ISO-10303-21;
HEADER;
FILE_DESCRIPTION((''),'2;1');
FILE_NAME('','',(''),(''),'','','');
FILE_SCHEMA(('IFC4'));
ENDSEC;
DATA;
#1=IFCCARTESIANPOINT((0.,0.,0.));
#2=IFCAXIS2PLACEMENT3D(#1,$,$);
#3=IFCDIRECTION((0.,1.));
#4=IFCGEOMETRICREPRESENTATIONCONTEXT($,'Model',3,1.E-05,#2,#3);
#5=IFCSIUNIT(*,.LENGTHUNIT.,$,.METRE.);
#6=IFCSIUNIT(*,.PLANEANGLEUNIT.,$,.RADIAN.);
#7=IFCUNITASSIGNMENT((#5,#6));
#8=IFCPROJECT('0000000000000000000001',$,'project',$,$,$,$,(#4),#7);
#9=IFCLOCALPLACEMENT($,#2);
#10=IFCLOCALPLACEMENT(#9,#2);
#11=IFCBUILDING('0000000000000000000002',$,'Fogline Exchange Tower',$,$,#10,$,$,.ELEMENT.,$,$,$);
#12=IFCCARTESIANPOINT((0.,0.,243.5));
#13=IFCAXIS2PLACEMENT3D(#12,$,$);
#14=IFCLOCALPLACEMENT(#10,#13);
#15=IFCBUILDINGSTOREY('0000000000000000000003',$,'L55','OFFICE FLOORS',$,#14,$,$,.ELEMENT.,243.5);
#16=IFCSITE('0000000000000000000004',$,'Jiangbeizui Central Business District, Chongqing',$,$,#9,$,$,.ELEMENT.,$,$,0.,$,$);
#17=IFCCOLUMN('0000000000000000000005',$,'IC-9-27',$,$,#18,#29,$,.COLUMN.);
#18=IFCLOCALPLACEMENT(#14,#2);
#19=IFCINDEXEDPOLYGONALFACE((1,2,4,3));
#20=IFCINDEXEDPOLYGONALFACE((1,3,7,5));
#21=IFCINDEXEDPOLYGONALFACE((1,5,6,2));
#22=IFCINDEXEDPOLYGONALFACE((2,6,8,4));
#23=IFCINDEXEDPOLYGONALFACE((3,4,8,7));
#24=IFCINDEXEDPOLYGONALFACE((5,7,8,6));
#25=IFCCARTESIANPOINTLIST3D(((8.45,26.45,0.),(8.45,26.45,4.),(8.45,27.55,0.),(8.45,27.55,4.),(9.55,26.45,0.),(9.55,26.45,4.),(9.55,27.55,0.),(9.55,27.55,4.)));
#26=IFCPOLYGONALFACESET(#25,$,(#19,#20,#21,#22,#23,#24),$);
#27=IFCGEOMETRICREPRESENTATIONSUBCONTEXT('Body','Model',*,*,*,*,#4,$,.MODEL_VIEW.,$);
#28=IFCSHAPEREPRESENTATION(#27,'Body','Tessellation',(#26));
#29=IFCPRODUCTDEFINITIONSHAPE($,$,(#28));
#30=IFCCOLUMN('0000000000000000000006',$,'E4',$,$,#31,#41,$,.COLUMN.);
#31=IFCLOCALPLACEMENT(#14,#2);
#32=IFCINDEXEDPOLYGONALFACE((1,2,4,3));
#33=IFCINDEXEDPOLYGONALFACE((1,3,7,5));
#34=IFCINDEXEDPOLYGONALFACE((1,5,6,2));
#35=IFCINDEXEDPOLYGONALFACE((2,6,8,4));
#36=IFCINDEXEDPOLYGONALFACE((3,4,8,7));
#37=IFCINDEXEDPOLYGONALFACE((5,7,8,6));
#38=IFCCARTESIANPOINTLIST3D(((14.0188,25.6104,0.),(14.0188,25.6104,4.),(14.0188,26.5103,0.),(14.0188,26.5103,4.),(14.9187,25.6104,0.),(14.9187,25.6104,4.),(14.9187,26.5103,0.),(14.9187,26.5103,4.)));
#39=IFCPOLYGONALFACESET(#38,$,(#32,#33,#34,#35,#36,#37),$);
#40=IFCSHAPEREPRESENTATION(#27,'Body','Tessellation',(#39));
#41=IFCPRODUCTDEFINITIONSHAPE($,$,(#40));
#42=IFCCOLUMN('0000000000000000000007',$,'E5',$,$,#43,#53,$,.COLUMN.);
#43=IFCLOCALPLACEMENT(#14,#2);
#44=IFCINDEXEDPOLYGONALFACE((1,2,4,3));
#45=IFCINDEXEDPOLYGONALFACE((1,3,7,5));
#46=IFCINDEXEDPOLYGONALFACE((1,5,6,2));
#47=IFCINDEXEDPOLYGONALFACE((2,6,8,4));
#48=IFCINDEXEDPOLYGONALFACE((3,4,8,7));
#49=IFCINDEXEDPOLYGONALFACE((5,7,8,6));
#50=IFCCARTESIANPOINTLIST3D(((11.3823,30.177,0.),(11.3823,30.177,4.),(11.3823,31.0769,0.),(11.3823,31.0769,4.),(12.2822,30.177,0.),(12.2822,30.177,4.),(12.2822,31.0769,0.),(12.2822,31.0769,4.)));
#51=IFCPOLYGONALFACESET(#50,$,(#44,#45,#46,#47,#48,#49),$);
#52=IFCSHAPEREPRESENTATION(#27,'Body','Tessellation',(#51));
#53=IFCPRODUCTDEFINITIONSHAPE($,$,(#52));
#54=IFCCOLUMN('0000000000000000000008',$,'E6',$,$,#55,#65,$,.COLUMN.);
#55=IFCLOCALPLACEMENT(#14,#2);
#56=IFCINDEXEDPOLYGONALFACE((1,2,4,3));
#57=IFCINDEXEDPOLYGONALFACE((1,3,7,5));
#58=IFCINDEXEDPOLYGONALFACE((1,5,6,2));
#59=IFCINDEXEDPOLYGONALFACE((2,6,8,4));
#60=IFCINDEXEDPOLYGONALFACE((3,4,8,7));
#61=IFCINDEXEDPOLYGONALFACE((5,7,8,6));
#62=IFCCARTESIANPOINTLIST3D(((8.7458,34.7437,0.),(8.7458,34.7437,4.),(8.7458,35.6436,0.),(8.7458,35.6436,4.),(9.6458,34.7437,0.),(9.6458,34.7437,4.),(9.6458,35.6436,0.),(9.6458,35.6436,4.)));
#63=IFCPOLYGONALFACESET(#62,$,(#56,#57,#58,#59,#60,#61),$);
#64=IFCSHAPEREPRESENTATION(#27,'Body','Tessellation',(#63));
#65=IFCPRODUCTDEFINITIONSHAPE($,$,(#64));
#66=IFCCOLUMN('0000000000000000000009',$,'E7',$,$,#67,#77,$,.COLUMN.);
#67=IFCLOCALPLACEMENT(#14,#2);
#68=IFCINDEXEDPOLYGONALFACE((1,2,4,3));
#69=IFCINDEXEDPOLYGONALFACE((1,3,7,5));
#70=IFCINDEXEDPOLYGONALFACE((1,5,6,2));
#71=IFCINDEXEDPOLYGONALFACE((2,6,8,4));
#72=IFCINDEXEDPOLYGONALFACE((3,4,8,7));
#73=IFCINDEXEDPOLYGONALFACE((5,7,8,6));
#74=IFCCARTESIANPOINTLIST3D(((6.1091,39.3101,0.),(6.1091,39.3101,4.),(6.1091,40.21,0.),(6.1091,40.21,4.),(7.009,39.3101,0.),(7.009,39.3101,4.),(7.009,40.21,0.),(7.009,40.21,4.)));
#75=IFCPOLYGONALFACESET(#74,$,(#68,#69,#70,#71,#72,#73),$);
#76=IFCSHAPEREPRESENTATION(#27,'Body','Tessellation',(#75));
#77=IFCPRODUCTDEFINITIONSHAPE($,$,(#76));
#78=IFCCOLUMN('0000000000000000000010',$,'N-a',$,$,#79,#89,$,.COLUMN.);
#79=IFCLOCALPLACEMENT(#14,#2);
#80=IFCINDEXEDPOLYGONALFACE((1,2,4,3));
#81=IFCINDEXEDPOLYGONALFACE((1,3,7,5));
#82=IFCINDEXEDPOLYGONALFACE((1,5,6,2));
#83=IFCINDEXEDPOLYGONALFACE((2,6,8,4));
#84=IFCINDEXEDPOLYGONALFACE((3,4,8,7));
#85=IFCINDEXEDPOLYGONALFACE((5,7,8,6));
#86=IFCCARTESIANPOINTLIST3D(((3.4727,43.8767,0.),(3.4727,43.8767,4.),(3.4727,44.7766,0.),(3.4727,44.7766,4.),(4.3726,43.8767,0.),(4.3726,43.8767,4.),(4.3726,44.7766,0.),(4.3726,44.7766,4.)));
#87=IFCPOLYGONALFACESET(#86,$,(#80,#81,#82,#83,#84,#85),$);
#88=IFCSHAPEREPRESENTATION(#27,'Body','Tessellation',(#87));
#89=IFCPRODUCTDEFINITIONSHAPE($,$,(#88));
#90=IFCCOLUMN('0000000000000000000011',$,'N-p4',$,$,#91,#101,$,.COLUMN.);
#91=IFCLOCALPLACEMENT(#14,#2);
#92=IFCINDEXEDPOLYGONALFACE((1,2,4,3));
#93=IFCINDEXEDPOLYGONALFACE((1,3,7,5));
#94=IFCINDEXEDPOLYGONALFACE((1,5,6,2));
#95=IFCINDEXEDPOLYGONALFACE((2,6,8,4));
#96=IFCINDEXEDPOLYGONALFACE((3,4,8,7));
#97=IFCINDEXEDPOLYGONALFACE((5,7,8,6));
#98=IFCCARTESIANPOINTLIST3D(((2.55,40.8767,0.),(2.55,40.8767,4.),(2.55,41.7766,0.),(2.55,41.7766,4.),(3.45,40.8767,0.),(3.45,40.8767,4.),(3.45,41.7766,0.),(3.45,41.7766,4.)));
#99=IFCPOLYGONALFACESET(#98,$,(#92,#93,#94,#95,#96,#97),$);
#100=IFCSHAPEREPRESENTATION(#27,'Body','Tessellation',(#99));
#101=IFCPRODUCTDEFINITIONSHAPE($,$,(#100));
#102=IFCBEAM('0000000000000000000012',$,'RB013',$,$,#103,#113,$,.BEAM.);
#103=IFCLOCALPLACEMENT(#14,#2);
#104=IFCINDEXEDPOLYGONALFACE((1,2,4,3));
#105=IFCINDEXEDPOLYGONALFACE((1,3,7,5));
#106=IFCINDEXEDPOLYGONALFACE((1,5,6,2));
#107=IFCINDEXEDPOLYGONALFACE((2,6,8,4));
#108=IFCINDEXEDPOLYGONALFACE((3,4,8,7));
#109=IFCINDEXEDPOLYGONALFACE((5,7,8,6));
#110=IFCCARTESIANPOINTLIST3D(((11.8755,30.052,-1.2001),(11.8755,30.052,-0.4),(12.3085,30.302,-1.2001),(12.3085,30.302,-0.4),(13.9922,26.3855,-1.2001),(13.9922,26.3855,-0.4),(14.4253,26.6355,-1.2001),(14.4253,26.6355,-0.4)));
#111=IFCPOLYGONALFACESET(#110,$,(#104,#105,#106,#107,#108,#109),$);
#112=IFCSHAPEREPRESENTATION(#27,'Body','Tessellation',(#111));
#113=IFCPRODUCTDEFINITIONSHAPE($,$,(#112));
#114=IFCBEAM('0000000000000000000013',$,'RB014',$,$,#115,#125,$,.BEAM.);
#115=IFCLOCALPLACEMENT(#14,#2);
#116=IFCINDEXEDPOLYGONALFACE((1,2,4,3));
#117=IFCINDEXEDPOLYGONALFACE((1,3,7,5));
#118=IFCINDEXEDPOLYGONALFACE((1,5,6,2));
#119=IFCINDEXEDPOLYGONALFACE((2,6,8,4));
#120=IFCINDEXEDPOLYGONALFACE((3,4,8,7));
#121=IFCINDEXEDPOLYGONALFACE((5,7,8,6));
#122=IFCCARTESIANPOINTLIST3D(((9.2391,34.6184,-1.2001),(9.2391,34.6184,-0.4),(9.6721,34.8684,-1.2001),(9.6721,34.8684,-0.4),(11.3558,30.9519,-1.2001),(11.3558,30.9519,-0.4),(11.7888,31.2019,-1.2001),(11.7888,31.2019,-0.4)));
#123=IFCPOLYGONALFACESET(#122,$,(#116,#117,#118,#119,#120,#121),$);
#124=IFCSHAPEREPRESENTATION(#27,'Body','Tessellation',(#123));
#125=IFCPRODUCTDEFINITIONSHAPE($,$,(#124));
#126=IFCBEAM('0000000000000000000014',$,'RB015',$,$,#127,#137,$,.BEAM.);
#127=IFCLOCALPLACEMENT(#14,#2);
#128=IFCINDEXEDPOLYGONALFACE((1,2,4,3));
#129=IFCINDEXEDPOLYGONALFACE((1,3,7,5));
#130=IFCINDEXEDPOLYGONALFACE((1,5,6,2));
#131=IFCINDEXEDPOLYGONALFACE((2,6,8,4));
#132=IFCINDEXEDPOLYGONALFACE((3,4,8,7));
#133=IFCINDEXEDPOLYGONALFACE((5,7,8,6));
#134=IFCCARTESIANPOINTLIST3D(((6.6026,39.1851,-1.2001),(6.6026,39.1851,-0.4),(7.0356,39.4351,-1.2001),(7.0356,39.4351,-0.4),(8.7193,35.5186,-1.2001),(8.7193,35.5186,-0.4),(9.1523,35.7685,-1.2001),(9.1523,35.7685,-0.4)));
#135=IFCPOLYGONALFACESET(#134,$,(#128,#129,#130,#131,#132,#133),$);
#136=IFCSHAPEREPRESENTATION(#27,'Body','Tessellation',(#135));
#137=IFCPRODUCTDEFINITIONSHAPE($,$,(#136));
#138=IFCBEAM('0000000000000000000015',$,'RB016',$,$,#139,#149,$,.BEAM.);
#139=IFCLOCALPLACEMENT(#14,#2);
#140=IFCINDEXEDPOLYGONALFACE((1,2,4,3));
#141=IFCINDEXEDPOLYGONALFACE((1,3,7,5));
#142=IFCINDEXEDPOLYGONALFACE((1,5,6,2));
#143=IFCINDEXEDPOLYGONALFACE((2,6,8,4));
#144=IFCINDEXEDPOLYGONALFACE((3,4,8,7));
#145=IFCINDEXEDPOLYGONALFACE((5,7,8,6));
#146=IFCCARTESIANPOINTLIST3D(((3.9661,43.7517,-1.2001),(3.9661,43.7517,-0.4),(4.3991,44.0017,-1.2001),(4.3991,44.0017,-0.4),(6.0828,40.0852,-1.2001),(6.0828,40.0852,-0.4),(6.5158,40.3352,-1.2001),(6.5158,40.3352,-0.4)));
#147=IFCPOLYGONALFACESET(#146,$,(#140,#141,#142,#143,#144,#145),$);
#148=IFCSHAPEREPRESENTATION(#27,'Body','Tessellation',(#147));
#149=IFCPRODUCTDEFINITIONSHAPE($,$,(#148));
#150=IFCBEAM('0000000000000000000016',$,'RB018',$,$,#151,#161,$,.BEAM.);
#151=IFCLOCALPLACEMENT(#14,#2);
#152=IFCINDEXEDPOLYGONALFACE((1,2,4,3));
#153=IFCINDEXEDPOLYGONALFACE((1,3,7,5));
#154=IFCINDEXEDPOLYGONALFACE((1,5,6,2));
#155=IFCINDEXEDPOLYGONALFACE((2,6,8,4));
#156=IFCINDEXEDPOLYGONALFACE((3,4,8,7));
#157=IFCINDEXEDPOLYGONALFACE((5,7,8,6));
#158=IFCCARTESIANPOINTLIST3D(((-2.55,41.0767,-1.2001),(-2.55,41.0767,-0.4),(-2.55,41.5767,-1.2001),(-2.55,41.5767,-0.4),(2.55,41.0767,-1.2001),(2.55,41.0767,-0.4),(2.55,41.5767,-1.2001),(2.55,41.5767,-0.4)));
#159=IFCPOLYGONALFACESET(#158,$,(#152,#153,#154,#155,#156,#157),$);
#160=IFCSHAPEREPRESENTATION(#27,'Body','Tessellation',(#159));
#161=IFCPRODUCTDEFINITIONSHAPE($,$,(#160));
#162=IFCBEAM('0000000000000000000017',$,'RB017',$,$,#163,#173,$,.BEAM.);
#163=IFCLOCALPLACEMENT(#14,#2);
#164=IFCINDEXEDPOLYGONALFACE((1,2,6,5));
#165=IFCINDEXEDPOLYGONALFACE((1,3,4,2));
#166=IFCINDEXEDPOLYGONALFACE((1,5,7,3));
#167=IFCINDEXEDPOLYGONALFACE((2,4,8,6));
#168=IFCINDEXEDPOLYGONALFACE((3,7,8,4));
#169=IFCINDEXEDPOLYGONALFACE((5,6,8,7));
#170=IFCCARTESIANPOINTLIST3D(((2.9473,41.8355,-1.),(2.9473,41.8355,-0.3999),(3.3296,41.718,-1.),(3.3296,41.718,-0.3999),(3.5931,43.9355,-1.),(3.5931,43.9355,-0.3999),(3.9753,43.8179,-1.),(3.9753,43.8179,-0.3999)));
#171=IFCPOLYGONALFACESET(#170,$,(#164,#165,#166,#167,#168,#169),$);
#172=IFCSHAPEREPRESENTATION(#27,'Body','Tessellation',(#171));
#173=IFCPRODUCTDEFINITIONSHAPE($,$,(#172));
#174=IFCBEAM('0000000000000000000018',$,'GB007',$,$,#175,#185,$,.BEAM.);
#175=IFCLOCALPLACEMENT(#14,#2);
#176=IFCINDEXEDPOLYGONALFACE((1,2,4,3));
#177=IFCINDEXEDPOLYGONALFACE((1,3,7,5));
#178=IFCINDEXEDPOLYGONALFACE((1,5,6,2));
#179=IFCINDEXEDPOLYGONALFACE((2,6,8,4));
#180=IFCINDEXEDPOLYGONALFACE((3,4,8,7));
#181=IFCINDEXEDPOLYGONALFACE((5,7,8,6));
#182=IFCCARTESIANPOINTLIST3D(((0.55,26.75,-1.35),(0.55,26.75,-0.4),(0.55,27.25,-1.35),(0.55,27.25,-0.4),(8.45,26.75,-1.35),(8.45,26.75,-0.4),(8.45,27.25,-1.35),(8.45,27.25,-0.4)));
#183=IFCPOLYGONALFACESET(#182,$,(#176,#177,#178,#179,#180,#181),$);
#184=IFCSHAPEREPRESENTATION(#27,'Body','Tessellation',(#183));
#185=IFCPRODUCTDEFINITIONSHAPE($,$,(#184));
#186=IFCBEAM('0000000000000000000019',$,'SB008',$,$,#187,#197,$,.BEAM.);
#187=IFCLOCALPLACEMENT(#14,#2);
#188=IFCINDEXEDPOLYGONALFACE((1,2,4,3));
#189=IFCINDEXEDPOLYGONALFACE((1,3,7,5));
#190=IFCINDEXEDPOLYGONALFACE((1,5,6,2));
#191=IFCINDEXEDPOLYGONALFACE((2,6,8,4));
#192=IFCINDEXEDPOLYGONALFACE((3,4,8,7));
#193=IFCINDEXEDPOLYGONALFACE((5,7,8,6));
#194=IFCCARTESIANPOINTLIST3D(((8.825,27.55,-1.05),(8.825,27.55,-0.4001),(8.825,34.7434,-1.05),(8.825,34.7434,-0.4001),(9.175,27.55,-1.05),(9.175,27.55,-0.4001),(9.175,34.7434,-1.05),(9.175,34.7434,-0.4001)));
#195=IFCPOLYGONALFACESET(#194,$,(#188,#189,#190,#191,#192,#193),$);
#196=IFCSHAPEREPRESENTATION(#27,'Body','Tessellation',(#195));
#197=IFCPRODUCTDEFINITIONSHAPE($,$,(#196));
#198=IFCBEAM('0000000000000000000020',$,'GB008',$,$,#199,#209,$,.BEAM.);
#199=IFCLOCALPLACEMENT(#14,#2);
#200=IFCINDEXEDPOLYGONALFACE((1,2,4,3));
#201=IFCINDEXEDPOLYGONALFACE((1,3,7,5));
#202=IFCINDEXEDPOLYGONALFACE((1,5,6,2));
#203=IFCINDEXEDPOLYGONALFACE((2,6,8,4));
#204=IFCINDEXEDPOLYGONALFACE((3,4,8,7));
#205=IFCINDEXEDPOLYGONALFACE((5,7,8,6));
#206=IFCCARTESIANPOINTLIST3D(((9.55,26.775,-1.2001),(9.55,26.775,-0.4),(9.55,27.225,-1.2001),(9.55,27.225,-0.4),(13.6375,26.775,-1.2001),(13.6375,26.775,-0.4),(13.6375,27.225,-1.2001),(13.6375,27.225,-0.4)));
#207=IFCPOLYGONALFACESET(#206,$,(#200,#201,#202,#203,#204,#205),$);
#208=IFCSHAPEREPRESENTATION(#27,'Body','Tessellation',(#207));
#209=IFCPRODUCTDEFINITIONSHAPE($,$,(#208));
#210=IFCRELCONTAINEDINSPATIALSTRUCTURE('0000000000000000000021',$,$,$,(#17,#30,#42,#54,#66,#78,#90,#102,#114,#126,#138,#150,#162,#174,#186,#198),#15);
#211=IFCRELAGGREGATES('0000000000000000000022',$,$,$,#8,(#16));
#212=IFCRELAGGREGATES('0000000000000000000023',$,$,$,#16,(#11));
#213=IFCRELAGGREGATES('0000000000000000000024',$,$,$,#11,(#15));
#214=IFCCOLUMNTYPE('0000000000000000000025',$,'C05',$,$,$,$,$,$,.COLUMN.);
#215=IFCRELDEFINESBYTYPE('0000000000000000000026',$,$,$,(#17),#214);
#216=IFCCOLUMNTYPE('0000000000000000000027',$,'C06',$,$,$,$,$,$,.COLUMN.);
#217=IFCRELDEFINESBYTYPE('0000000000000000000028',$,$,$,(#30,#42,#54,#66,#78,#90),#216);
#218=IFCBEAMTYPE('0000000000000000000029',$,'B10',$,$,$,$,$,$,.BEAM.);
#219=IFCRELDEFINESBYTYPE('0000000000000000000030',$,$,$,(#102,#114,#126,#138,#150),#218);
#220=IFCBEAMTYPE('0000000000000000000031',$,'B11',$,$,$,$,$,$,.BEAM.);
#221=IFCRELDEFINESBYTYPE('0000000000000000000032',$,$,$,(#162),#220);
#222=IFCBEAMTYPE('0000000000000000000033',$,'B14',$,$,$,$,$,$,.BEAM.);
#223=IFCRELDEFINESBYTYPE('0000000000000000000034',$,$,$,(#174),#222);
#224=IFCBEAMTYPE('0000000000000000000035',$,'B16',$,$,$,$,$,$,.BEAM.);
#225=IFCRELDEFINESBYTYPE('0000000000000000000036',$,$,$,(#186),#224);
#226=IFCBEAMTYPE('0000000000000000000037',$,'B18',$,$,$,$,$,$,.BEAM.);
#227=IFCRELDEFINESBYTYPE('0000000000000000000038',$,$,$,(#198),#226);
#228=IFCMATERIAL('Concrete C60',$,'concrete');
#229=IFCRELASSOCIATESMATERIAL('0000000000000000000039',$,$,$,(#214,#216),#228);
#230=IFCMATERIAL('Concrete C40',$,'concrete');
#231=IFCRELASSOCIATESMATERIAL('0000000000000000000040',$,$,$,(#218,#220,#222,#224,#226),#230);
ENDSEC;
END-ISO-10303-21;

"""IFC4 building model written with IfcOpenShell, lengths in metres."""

from ifc_helpers import new_model, si_unit, direction, frame, origin, origin_2d, place, context, subcontext, project, spatial, rectangle, extrude, material, material_profile, profile_set, type_object, element, save


model = new_model("IFC4")

# Units and contexts
model_context = context("Model", 3, precision=1e-05, world=origin(), true_north=direction((0.0, 1.0)))
body_context = subcontext(model_context, "Body", "Model", "MODEL_VIEW")
ifc_project = project(units=[si_unit("LENGTHUNIT", "METRE"), si_unit("PLANEANGLEUNIT", "RADIAN")], contexts=[model_context])

# Site, building, storey
site_placement = place(None, origin())
site = spatial("IfcSite", under=ifc_project, at=site_placement, Name="Jiangbeizui Central Business District, Chongqing", CompositionType="ELEMENT", RefElevation=0.0)
building_placement = place(site_placement, origin())
building = spatial("IfcBuilding", under=site, at=building_placement, Name="Fogline Exchange Tower", CompositionType="ELEMENT")
storey_placement = place(building_placement, frame((0.0, 0.0, 243.5)))
storey = spatial("IfcBuildingStorey", under=building, at=storey_placement, Name="L55", Description="OFFICE FLOORS", CompositionType="ELEMENT", Elevation=243.5)

# Columns
ifc_material_1 = material(Name="Concrete C60", Category="concrete")
ifc_material_profile_1 = material_profile(ifc_material_1, rectangle(XDim=1.1001, YDim=1.1001, at=origin_2d()), Name="RC 1100x1100")
ifc_profile_set_1 = profile_set([ifc_material_profile_1], Name="Concrete C60")
column_type_1 = type_object("IfcColumnType", Name="C05", PredefinedType="COLUMN", material=ifc_profile_set_1)
column_placement = place(storey_placement, frame((9.0, 27.0, 0.0), z_axis=(0.0, 0.0, 1.0), x_axis=(1.0, 0.0, 0.0)))
element("IfcColumn", 1, at=column_placement, inside=storey, type_object=column_type_1, Name="IC-9-27", PredefinedType="COLUMN", context=body_context, shape_type="SweptSolid", body=[
    extrude(rectangle(XDim=1.1001, YDim=1.1001, at=origin_2d()), origin(), (0.0, 0.0, 1.0), 4.0),
])
ifc_material_profile_2 = material_profile(ifc_material_1, rectangle(XDim=0.8999, YDim=0.8999, at=origin_2d()), Name="RC 900x900")
ifc_profile_set_2 = profile_set([ifc_material_profile_2], Name="Concrete C60")
column_type_2 = type_object("IfcColumnType", Name="C06", PredefinedType="COLUMN", material=ifc_profile_set_2)
for number, where, z_axis, x_axis, name in (
    (2, (14.4688, 26.0603, 0.0), (0.0, 0.0, 1.0), (1.0, 0.0, 0.0), "E4"),
    (3, (11.8323, 30.627, 0.0), (0.0, 0.0, 1.0), (1.0, 0.0, 0.0), "E5"),
    (4, (9.1958, 35.1936, 0.0), (0.0, 0.0, 1.0), (1.0, 0.0, 0.0), "E6"),
    (5, (6.5591, 39.76, 0.0), (0.0, 0.0, 1.0), (1.0, 0.0, 0.0), "E7"),
    (6, (3.9226, 44.3267, 0.0), (0.0, 0.0, 1.0), (1.0, 0.0, 0.0), "N-a"),
    (7, (3.0, 41.3267, 0.0), (0.0, 0.0, 1.0), (1.0, 0.0, 0.0), "N-p4"),
):
    element("IfcColumn", number, at=place(storey_placement, frame(where, z_axis=z_axis, x_axis=x_axis)), inside=storey, type_object=column_type_2, Name=name, PredefinedType="COLUMN", context=body_context, shape_type="SweptSolid", body=[
        extrude(rectangle(XDim=0.8999, YDim=0.8999, at=origin_2d()), origin(), (0.0, 0.0, 1.0), 4.0),
    ])

# Beams
ifc_material_2 = material(Name="Concrete C40", Category="concrete")
ifc_material_profile_3 = material_profile(ifc_material_2, rectangle(XDim=0.5, YDim=0.8, at=origin_2d()), Name="RC 500x800")
ifc_profile_set_3 = profile_set([ifc_material_profile_3], Name="Concrete C40")
beam_type_1 = type_object("IfcBeamType", Name="B10", PredefinedType="BEAM", material=ifc_profile_set_3)
for number, where, z_axis, x_axis, name in (
    (8, (14.2087, 26.5105, -0.8), (-0.499972, 0.866042, 0.0), (-0.866042, -0.499972, 0.0), "RB013"),
    (9, (11.5723, 31.0769, -0.8), (-0.499972, 0.866042, 0.0), (-0.866042, -0.499972, 0.0), "RB014"),
    (10, (8.9358, 35.6436, -0.8), (-0.499972, 0.866042, 0.0), (-0.866042, -0.499972, 0.0), "RB015"),
    (11, (6.2993, 40.2102, -0.8), (-0.499972, 0.866042, 0.0), (-0.866042, -0.499972, 0.0), "RB016"),
):
    element("IfcBeam", number, at=place(storey_placement, frame(where, z_axis=z_axis, x_axis=x_axis)), inside=storey, type_object=beam_type_1, Name=name, PredefinedType="BEAM", context=body_context, shape_type="SweptSolid", body=[
        extrude(rectangle(XDim=0.5, YDim=0.8, at=origin_2d()), origin(), (0.0, 0.0, 1.0), 4.2336),
    ])
beam_1_placement = place(storey_placement, frame((2.55, 41.3267, -0.8), z_axis=(-1.0, 0.0, 0.0), x_axis=(0.0, -1.0, 0.0)))
element("IfcBeam", 12, at=beam_1_placement, inside=storey, type_object=beam_type_1, Name="RB018", PredefinedType="BEAM", context=body_context, shape_type="SweptSolid", body=[
    extrude(rectangle(XDim=0.5, YDim=0.8, at=origin_2d()), origin(), (0.0, 0.0, 1.0), 5.1001),
])
ifc_material_profile_4 = material_profile(ifc_material_2, rectangle(XDim=0.3999, YDim=0.6001, at=origin_2d()), Name="RC 400x600")
ifc_profile_set_4 = profile_set([ifc_material_profile_4], Name="Concrete C40")
beam_type_2 = type_object("IfcBeamType", Name="B11", PredefinedType="BEAM", material=ifc_profile_set_4)
beam_2_placement = place(storey_placement, frame((3.7842, 43.8767, -0.7), z_axis=(-0.293906, -0.955834, 0.0), x_axis=(0.955834, -0.293906, 0.0)))
element("IfcBeam", 13, at=beam_2_placement, inside=storey, type_object=beam_type_2, Name="RB017", PredefinedType="BEAM", context=body_context, shape_type="SweptSolid", body=[
    extrude(rectangle(XDim=0.3999, YDim=0.6001, at=origin_2d()), origin(), (0.0, 0.0, 1.0), 2.197),
])
ifc_material_profile_5 = material_profile(ifc_material_2, rectangle(XDim=0.5, YDim=0.95, at=origin_2d()), Name="RC 500x950")
ifc_profile_set_5 = profile_set([ifc_material_profile_5], Name="Concrete C40")
beam_type_3 = type_object("IfcBeamType", Name="B14", PredefinedType="BEAM", material=ifc_profile_set_5)
beam_3_placement = place(storey_placement, frame((0.55, 27.0, -0.875), z_axis=(1.0, 0.0, 0.0), x_axis=(0.0, 1.0, 0.0)))
element("IfcBeam", 14, at=beam_3_placement, inside=storey, type_object=beam_type_3, Name="GB007", PredefinedType="BEAM", context=body_context, shape_type="SweptSolid", body=[
    extrude(rectangle(XDim=0.5, YDim=0.95, at=origin_2d()), origin(), (0.0, 0.0, 1.0), 7.8999),
])
ifc_material_profile_6 = material_profile(ifc_material_2, rectangle(XDim=0.3501, YDim=0.6499, at=origin_2d()), Name="RC 350x650")
ifc_profile_set_6 = profile_set([ifc_material_profile_6], Name="Concrete C40")
beam_type_4 = type_object("IfcBeamType", Name="B16", PredefinedType="BEAM", material=ifc_profile_set_6)
beam_4_placement = place(storey_placement, frame((9.0, 27.55, -0.7251), z_axis=(0.0, 1.0, 0.0), x_axis=(-1.0, 0.0, 0.0)))
element("IfcBeam", 15, at=beam_4_placement, inside=storey, type_object=beam_type_4, Name="SB008", PredefinedType="BEAM", context=body_context, shape_type="SweptSolid", body=[
    extrude(rectangle(XDim=0.3501, YDim=0.6499, at=origin_2d()), origin(), (0.0, 0.0, 1.0), 7.1934),
])
ifc_material_profile_7 = material_profile(ifc_material_2, rectangle(XDim=0.45, YDim=0.8, at=origin_2d()), Name="RC 450x800")
ifc_profile_set_7 = profile_set([ifc_material_profile_7], Name="Concrete C40")
beam_type_5 = type_object("IfcBeamType", Name="B18", PredefinedType="BEAM", material=ifc_profile_set_7)
beam_5_placement = place(storey_placement, frame((9.55, 27.0, -0.8), z_axis=(1.0, 0.0, 0.0), x_axis=(0.0, 1.0, 0.0)))
element("IfcBeam", 16, at=beam_5_placement, inside=storey, type_object=beam_type_5, Name="GB008", PredefinedType="BEAM", context=body_context, shape_type="SweptSolid", body=[
    extrude(rectangle(XDim=0.45, YDim=0.8, at=origin_2d()), origin(), (0.0, 0.0, 1.0), 4.0874),
])

save(model, "model.ifc")
